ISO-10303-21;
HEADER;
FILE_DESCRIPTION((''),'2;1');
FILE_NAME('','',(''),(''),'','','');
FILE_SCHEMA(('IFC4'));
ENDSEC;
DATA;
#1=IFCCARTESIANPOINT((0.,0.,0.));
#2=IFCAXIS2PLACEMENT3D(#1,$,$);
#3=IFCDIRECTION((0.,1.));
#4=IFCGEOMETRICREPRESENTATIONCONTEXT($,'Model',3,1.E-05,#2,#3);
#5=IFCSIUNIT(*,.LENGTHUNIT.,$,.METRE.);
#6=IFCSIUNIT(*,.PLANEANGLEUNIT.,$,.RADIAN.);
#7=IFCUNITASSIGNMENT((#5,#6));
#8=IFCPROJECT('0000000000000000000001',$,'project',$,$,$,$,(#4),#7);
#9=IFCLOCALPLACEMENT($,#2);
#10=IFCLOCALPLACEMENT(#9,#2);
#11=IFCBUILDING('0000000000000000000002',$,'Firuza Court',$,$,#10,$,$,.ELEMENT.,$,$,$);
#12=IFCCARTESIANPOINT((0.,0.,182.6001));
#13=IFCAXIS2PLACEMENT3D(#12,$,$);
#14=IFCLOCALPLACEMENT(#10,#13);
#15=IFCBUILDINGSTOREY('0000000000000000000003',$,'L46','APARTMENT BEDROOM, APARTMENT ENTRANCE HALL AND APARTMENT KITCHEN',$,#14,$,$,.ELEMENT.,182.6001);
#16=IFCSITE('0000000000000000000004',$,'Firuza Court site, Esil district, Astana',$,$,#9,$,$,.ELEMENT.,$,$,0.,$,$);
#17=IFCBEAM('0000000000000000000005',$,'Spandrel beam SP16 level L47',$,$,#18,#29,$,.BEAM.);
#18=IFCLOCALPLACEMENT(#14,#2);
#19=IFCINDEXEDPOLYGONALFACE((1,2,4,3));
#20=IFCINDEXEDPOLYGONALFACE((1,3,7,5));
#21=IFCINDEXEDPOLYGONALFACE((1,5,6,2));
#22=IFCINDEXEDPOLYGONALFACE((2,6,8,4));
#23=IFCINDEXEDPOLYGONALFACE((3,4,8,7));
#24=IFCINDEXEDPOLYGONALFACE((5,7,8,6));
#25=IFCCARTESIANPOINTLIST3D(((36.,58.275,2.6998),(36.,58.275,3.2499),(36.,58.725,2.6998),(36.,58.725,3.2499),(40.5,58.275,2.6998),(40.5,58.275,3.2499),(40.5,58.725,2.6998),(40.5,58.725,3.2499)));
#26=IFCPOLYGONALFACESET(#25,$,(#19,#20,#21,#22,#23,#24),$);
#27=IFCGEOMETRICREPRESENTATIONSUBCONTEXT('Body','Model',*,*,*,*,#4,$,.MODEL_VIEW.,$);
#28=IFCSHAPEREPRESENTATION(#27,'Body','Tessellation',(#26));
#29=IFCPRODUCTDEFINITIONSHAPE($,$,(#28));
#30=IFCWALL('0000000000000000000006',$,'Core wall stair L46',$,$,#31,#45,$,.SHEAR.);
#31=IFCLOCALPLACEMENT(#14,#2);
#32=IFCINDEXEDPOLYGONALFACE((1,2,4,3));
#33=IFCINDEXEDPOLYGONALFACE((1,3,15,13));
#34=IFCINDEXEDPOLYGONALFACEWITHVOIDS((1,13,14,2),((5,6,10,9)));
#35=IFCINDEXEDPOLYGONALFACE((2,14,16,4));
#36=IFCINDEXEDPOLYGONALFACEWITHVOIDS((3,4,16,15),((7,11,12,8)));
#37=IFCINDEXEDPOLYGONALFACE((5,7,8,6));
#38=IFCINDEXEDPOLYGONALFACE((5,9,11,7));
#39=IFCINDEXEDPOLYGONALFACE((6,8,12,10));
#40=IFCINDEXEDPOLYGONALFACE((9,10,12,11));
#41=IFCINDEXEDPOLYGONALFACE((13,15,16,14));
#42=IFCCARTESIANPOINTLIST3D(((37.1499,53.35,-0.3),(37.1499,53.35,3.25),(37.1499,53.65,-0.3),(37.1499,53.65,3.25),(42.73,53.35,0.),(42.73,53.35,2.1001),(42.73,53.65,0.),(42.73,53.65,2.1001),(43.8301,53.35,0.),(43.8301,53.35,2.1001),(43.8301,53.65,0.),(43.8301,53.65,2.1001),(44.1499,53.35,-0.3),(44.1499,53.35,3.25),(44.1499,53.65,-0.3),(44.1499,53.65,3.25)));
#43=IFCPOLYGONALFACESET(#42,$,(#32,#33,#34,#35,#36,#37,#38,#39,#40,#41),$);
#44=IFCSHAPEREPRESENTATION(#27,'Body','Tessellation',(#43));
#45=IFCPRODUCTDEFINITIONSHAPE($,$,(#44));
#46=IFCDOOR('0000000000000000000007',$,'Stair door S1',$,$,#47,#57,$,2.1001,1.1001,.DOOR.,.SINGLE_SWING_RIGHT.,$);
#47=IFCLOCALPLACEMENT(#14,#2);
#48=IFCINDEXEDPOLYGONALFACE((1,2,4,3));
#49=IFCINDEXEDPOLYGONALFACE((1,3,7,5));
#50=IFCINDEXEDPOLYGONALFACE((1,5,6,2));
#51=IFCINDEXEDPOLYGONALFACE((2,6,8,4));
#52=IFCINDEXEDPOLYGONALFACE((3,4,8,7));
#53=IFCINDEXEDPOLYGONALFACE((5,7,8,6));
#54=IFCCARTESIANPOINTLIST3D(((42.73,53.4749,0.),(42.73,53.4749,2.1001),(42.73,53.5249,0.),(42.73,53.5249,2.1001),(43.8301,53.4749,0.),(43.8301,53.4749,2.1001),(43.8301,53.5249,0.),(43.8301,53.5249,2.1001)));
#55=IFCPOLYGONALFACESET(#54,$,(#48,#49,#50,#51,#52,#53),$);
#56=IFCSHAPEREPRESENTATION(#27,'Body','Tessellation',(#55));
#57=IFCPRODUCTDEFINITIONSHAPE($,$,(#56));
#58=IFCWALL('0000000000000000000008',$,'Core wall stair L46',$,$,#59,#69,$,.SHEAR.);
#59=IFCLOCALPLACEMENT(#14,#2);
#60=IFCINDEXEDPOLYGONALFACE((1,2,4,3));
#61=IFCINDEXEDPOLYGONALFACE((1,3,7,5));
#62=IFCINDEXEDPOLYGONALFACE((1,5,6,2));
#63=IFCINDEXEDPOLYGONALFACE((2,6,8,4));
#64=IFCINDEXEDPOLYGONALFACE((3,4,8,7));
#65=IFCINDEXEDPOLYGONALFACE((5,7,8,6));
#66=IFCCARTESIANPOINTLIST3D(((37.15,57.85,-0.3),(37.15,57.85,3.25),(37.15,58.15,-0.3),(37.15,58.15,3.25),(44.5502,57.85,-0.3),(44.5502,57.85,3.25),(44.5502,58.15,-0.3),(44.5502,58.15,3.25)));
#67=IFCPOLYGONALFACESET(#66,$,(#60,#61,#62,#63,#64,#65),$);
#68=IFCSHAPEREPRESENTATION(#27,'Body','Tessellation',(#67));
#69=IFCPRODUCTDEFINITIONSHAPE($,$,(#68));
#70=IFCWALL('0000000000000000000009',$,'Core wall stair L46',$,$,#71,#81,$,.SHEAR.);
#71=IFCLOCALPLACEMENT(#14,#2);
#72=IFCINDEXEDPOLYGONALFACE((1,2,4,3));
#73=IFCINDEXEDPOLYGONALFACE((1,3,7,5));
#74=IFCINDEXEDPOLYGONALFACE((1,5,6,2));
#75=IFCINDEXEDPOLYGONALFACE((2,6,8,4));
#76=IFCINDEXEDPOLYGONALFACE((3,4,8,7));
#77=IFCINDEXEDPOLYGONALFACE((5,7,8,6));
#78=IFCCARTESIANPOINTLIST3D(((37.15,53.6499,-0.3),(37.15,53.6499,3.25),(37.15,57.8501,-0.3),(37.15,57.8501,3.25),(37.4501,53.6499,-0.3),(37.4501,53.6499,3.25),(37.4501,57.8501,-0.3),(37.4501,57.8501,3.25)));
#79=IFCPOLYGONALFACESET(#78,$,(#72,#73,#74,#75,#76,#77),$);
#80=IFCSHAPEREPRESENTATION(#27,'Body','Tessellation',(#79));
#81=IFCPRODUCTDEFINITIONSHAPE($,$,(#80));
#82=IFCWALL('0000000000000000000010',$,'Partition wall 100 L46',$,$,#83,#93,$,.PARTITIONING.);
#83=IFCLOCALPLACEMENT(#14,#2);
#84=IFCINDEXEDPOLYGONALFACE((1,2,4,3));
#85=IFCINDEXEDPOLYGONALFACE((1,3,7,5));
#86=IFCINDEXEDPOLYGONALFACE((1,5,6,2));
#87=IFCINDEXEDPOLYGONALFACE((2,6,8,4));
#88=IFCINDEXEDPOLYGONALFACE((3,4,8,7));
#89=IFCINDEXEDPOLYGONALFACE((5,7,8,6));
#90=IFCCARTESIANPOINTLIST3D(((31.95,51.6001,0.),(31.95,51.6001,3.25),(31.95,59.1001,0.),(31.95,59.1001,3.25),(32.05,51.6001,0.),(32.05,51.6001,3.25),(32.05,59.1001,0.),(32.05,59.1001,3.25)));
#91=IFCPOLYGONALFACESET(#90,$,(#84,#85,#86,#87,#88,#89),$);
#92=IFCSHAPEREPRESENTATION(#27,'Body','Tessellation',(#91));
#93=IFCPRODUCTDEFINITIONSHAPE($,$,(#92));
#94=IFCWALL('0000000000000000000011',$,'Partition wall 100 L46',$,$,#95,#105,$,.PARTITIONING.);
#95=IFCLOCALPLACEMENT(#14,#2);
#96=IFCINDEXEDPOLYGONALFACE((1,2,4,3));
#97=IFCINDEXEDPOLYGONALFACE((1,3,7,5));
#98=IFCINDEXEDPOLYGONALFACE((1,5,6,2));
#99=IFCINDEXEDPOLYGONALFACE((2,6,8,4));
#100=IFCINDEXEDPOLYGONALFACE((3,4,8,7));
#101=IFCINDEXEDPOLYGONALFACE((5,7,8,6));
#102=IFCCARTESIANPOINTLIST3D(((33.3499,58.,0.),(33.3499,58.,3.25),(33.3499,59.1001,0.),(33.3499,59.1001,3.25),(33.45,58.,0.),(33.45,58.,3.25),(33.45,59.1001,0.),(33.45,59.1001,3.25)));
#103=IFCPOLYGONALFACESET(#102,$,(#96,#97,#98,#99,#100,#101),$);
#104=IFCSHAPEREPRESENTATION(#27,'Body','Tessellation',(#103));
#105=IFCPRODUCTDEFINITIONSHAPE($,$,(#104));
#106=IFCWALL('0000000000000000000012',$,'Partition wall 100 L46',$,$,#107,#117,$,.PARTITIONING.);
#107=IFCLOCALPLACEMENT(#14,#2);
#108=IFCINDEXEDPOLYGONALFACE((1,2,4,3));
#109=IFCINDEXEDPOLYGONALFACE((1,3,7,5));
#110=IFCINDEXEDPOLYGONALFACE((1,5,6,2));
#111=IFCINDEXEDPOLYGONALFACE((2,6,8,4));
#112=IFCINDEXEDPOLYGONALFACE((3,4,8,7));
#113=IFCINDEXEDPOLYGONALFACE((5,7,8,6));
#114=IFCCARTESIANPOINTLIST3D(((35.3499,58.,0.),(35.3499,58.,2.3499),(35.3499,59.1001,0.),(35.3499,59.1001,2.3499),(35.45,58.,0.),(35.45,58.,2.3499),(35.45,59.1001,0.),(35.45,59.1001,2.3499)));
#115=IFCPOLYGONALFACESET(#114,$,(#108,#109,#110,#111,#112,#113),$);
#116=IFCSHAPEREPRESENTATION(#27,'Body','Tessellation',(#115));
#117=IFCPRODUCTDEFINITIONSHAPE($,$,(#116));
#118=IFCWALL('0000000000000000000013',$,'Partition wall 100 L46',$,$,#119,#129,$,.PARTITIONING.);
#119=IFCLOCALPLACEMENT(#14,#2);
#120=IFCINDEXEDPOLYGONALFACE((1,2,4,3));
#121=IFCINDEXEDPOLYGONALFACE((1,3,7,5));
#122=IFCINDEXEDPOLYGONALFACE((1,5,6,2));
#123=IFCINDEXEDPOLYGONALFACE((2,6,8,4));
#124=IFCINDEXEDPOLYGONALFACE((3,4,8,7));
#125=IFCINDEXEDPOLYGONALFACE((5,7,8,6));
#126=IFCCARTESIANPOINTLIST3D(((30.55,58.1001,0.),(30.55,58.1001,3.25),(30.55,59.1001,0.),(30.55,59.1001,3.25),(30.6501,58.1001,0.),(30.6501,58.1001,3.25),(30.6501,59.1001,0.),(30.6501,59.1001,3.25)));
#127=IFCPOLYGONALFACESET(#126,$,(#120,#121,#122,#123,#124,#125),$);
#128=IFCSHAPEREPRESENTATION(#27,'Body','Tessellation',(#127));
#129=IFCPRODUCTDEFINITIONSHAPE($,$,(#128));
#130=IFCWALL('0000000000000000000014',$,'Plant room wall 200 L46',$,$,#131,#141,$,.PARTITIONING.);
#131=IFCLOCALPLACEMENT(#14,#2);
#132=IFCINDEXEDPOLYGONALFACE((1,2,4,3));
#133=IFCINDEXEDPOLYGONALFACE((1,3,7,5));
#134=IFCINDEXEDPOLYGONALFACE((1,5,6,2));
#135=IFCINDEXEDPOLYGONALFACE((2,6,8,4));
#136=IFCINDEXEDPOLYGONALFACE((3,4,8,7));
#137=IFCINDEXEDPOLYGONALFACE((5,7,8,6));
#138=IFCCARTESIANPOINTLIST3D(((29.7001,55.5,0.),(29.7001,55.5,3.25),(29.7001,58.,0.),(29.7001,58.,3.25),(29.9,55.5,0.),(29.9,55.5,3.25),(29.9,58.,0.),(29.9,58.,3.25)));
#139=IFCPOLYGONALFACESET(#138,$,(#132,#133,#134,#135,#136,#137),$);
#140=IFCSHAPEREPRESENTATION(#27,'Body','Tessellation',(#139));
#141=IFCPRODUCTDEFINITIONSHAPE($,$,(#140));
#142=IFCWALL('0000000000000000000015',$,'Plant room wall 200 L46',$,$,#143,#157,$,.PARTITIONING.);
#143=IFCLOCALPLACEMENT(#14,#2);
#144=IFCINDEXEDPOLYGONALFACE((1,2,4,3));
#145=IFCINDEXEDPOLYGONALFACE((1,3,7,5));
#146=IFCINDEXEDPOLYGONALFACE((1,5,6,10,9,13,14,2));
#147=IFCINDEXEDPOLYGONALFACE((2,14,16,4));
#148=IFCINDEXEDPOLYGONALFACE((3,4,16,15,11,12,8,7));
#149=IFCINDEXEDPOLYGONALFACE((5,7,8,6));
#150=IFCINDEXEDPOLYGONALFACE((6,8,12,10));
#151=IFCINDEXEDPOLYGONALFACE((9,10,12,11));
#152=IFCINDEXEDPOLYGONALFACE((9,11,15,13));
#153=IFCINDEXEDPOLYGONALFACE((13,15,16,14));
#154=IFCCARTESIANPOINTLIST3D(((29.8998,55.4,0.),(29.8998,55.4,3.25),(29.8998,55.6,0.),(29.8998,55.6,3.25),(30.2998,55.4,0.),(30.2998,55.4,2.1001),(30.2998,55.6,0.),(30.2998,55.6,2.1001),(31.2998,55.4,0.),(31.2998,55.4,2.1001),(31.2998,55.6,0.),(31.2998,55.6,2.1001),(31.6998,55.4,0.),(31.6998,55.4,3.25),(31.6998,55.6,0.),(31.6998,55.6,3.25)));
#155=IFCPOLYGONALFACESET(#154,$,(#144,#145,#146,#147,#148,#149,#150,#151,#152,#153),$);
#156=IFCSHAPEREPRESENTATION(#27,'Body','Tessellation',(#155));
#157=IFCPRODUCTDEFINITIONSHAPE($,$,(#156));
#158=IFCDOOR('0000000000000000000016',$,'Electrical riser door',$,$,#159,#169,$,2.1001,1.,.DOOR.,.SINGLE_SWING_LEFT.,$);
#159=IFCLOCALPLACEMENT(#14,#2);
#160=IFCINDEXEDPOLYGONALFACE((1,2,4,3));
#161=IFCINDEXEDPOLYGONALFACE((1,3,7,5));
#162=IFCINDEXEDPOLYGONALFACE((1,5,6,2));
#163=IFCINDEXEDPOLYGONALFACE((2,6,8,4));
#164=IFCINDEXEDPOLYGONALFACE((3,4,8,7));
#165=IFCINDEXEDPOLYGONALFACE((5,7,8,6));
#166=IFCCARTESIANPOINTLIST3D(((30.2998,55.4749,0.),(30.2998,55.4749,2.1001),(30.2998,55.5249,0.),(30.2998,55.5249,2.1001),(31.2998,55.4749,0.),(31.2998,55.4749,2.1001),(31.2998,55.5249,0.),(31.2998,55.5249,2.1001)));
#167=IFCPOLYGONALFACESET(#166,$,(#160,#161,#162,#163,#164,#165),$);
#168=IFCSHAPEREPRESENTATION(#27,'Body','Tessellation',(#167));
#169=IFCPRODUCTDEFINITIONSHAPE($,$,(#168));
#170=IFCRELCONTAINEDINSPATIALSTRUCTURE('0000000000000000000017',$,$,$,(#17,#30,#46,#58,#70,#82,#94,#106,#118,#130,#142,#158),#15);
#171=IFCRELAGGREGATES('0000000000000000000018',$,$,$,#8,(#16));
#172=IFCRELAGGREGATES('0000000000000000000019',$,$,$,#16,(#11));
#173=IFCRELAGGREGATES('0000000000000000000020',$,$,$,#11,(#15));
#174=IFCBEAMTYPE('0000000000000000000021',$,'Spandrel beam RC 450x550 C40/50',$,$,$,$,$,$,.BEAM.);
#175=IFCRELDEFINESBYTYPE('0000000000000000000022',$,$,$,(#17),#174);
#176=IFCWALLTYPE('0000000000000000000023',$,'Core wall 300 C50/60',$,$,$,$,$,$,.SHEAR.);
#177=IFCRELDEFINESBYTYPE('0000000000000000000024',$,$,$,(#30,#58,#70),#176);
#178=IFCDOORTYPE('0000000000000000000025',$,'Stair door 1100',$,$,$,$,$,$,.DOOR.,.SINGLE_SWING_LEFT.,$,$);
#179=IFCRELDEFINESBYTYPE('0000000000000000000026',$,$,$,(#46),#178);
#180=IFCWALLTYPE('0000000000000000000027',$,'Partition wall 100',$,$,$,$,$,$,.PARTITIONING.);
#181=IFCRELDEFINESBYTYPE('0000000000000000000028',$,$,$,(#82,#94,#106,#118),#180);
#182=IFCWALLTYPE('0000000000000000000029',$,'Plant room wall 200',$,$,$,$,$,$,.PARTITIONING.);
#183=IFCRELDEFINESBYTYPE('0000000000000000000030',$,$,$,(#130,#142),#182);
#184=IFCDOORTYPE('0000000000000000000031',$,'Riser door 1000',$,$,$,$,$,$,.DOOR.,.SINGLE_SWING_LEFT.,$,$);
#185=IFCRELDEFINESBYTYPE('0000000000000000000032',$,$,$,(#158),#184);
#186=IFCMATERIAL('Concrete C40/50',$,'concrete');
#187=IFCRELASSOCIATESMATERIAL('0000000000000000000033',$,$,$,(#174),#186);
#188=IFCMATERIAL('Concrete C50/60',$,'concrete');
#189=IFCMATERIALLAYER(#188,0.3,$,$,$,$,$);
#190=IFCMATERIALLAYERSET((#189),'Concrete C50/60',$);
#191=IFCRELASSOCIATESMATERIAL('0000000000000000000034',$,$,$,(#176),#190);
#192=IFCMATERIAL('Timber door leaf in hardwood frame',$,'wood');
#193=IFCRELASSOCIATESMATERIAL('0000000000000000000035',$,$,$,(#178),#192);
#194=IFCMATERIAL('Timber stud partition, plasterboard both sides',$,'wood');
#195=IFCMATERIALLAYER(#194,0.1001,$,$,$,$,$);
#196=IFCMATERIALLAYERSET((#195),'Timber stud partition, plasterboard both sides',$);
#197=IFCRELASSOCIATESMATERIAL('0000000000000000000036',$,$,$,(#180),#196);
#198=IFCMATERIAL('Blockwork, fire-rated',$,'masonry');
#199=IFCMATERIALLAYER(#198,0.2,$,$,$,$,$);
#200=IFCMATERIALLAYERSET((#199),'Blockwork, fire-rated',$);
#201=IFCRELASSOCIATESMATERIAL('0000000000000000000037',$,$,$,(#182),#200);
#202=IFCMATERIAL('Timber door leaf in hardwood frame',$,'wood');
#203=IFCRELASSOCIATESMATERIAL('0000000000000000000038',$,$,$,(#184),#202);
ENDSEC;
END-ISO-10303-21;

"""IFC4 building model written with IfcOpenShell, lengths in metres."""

from ifc_helpers import new_model, si_unit, direction, frame, frame_2d, origin, origin_2d, place, context, subcontext, project, spatial, rectangle, extrude, material, layer, layer_set, material_profile, profile_set, type_object, element, fill, save


model = new_model("IFC4")

# Units and contexts
model_context = context("Model", 3, precision=1e-05, world=origin(), true_north=direction((0.0, 1.0)))
body_context = subcontext(model_context, "Body", "Model", "MODEL_VIEW")
ifc_project = project(units=[si_unit("LENGTHUNIT", "METRE"), si_unit("PLANEANGLEUNIT", "RADIAN")], contexts=[model_context])

# Site, building, storey
site_placement = place(None, origin())
site = spatial("IfcSite", under=ifc_project, at=site_placement, Name="Firuza Court site, Esil district, Astana", CompositionType="ELEMENT", RefElevation=0.0)
building_placement = place(site_placement, origin())
building = spatial("IfcBuilding", under=site, at=building_placement, Name="Firuza Court", CompositionType="ELEMENT")
storey_placement = place(building_placement, frame((0.0, 0.0, 182.6001)))
storey = spatial("IfcBuildingStorey", under=building, at=storey_placement, Name="L46", Description="APARTMENT BEDROOM, APARTMENT ENTRANCE HALL AND APARTMENT KITCHEN", CompositionType="ELEMENT", Elevation=182.6001)

# Beam
ifc_material_1 = material(Name="Concrete C40/50", Category="concrete")
ifc_material_profile_1 = material_profile(ifc_material_1, rectangle(XDim=0.45, YDim=0.55, at=origin_2d()), Name="RC 450x550")
ifc_profile_set_1 = profile_set([ifc_material_profile_1], Name="Concrete C40/50")
beam_type = type_object("IfcBeamType", Name="Spandrel beam RC 450x550 C40/50", PredefinedType="BEAM", material=ifc_profile_set_1)
for number, where, z_axis, x_axis, name in (
    (1, (40.5, 58.5, 2.9749), (-1.0, 0.0, 0.0), (0.0, -1.0, 0.0), "Spandrel beam SP16 level L47"),
):
    element("IfcBeam", number, at=place(storey_placement, frame(where, z_axis=z_axis, x_axis=x_axis)), inside=storey, type_object=beam_type, Name=name, PredefinedType="BEAM", context=body_context, shape_type="SweptSolid", body=[
        extrude(rectangle(XDim=0.45, YDim=0.55, at=origin_2d()), origin(), (0.0, 0.0, 1.0), 4.5),
    ])

# Wall, opening, door
ifc_material_2 = material(Name="Concrete C50/60", Category="concrete")
ifc_layer_1 = layer(ifc_material_2, 0.3)
ifc_layer_set_1 = layer_set([ifc_layer_1], Name="Concrete C50/60")
wall_type_1 = type_object("IfcWallType", Name="Core wall 300 C50/60", PredefinedType="SHEAR", material=ifc_layer_set_1)
wall_1_placement = place(storey_placement, frame((37.1499, 53.5, -0.3), z_axis=(0.0, 0.0, 1.0), x_axis=(1.0, 0.0, 0.0)))
wall_1 = element("IfcWall", 2, at=wall_1_placement, inside=storey, type_object=wall_type_1, Name="Core wall stair L46", PredefinedType="SHEAR", context=body_context, shape_type="SweptSolid", body=[
    extrude(rectangle(XDim=7.0, YDim=0.3, at=frame_2d((3.5, 0.0))), origin(), (0.0, 0.0, 1.0), 3.55),
])
opening_1_placement = place(wall_1_placement, frame((5.5801, 0.0, 0.3)))
opening_1 = element("IfcOpeningElement", 3, at=opening_1_placement, cuts=wall_1, PredefinedType="OPENING", context=body_context, shape_type="SweptSolid", body=[
    extrude(rectangle(XDim=1.1001, YDim=2.1001, at=frame_2d((0.55, 1.05))), frame((0.0, 0.1621, 0.0), z_axis=(0.0, -1.0, 0.0), x_axis=(1.0, 0.0, 0.0)), (0.0, 0.0, 1.0), 0.324),
])
ifc_material_3 = material(Name="Timber door leaf in hardwood frame", Category="wood")
door_type_1 = type_object("IfcDoorType", Name="Stair door 1100", OperationType="SINGLE_SWING_LEFT", PredefinedType="DOOR", material=ifc_material_3)
door_1_placement = place(opening_1_placement, origin())
door_1 = element("IfcDoor", 4, at=door_1_placement, inside=storey, type_object=door_type_1, Name="Stair door S1", OperationType="SINGLE_SWING_RIGHT", OverallHeight=2.1001, OverallWidth=1.1001, PredefinedType="DOOR", context=body_context, shape_type="SweptSolid", body=[
    extrude(rectangle(XDim=1.1001, YDim=2.1001, at=frame_2d((0.55, 1.05))), frame((0.0, 0.0249, 0.0), z_axis=(0.0, -1.0, 0.0), x_axis=(1.0, 0.0, 0.0)), (0.0, 0.0, 1.0), 0.05),
])
fill(opening_1, door_1)

# Walls
wall_2_placement = place(storey_placement, frame((37.1499, 58.0, -0.3), z_axis=(0.0, 0.0, 1.0), x_axis=(1.0, 0.0, 0.0)))
element("IfcWall", 5, at=wall_2_placement, inside=storey, type_object=wall_type_1, Name="Core wall stair L46", PredefinedType="SHEAR", context=body_context, shape_type="SweptSolid", body=[
    extrude(rectangle(XDim=7.4001, YDim=0.3, at=frame_2d((3.7002, 0.0))), origin(), (0.0, 0.0, 1.0), 3.55),
])
wall_3_placement = place(storey_placement, frame((37.3, 53.6499, -0.3), z_axis=(0.0, 0.0, 1.0), x_axis=(0.0, 1.0, 0.0)))
element("IfcWall", 6, at=wall_3_placement, inside=storey, type_object=wall_type_1, Name="Core wall stair L46", PredefinedType="SHEAR", context=body_context, shape_type="SweptSolid", body=[
    extrude(rectangle(XDim=4.2002, YDim=0.3, at=frame_2d((2.1001, 0.0))), origin(), (0.0, 0.0, 1.0), 3.55),
])
ifc_material_4 = material(Name="Timber stud partition, plasterboard both sides", Category="wood")
ifc_layer_2 = layer(ifc_material_4, 0.1001)
ifc_layer_set_2 = layer_set([ifc_layer_2], Name="Timber stud partition, plasterboard both sides")
wall_type_2 = type_object("IfcWallType", Name="Partition wall 100", PredefinedType="PARTITIONING", material=ifc_layer_set_2)
wall_4_placement = place(storey_placement, frame((32.0, 51.6001, 0.0), z_axis=(0.0, 0.0, 1.0), x_axis=(0.0, 1.0, 0.0)))
element("IfcWall", 7, at=wall_4_placement, inside=storey, type_object=wall_type_2, Name="Partition wall 100 L46", PredefinedType="PARTITIONING", context=body_context, shape_type="SweptSolid", body=[
    extrude(rectangle(XDim=7.5, YDim=0.1001, at=frame_2d((3.75, 0.0))), origin(), (0.0, 0.0, 1.0), 3.25),
])
wall_5_placement = place(storey_placement, frame((33.3999, 58.0, 0.0), z_axis=(0.0, 0.0, 1.0), x_axis=(0.0, 1.0, 0.0)))
element("IfcWall", 8, at=wall_5_placement, inside=storey, type_object=wall_type_2, Name="Partition wall 100 L46", PredefinedType="PARTITIONING", context=body_context, shape_type="SweptSolid", body=[
    extrude(rectangle(XDim=1.1001, YDim=0.1001, at=frame_2d((0.55, 0.0))), origin(), (0.0, 0.0, 1.0), 3.25),
])
wall_6_placement = place(storey_placement, frame((35.3999, 58.0, 0.0), z_axis=(0.0, 0.0, 1.0), x_axis=(0.0, 1.0, 0.0)))
element("IfcWall", 9, at=wall_6_placement, inside=storey, type_object=wall_type_2, Name="Partition wall 100 L46", PredefinedType="PARTITIONING", context=body_context, shape_type="SweptSolid", body=[
    extrude(rectangle(XDim=1.1001, YDim=0.1001, at=frame_2d((0.55, 0.0))), origin(), (0.0, 0.0, 1.0), 2.3499),
])
wall_7_placement = place(storey_placement, frame((30.6001, 58.1001, 0.0), z_axis=(0.0, 0.0, 1.0), x_axis=(0.0, 1.0, 0.0)))
element("IfcWall", 10, at=wall_7_placement, inside=storey, type_object=wall_type_2, Name="Partition wall 100 L46", PredefinedType="PARTITIONING", context=body_context, shape_type="SweptSolid", body=[
    extrude(rectangle(XDim=1.0, YDim=0.1001, at=frame_2d((0.5, 0.0))), origin(), (0.0, 0.0, 1.0), 3.25),
])
ifc_material_5 = material(Name="Blockwork, fire-rated", Category="masonry")
ifc_layer_3 = layer(ifc_material_5, 0.2)
ifc_layer_set_3 = layer_set([ifc_layer_3], Name="Blockwork, fire-rated")
wall_type_3 = type_object("IfcWallType", Name="Plant room wall 200", PredefinedType="PARTITIONING", material=ifc_layer_set_3)
wall_8_placement = place(storey_placement, frame((29.8, 55.5, 0.0), z_axis=(0.0, 0.0, 1.0), x_axis=(0.0, 1.0, 0.0)))
element("IfcWall", 11, at=wall_8_placement, inside=storey, type_object=wall_type_3, Name="Plant room wall 200 L46", PredefinedType="PARTITIONING", context=body_context, shape_type="SweptSolid", body=[
    extrude(rectangle(XDim=2.5, YDim=0.2, at=frame_2d((1.25, 0.0))), origin(), (0.0, 0.0, 1.0), 3.25),
])

# Wall, opening, door
wall_9_placement = place(storey_placement, frame((29.8999, 55.5, 0.0), z_axis=(0.0, 0.0, 1.0), x_axis=(1.0, 0.0, 0.0)))
wall_9 = element("IfcWall", 12, at=wall_9_placement, inside=storey, type_object=wall_type_3, Name="Plant room wall 200 L46", PredefinedType="PARTITIONING", context=body_context, shape_type="SweptSolid", body=[
    extrude(rectangle(XDim=1.8, YDim=0.2, at=frame_2d((0.8999, 0.0))), origin(), (0.0, 0.0, 1.0), 3.25),
])
opening_2_placement = place(wall_9_placement, frame((0.3999, 0.0, 0.0)))
opening_2 = element("IfcOpeningElement", 13, at=opening_2_placement, cuts=wall_9, PredefinedType="OPENING", context=body_context, shape_type="SweptSolid", body=[
    extrude(rectangle(XDim=1.0, YDim=2.1001, at=frame_2d((0.5, 1.05))), frame((0.0, 0.1118, 0.0), z_axis=(0.0, -1.0, 0.0), x_axis=(1.0, 0.0, 0.0)), (0.0, 0.0, 1.0), 0.2239),
])
ifc_material_6 = material(Name="Timber door leaf in hardwood frame", Category="wood")
door_type_2 = type_object("IfcDoorType", Name="Riser door 1000", OperationType="SINGLE_SWING_LEFT", PredefinedType="DOOR", material=ifc_material_6)
door_2_placement = place(opening_2_placement, origin())
door_2 = element("IfcDoor", 14, at=door_2_placement, inside=storey, type_object=door_type_2, Name="Electrical riser door", OperationType="SINGLE_SWING_LEFT", OverallHeight=2.1001, OverallWidth=1.0, PredefinedType="DOOR", context=body_context, shape_type="SweptSolid", body=[
    extrude(rectangle(XDim=1.0, YDim=2.1001, at=frame_2d((0.5, 1.05))), frame((0.0, 0.0249, 0.0), z_axis=(0.0, -1.0, 0.0), x_axis=(1.0, 0.0, 0.0)), (0.0, 0.0, 1.0), 0.05),
])
fill(opening_2, door_2)

save(model, "model.ifc")
